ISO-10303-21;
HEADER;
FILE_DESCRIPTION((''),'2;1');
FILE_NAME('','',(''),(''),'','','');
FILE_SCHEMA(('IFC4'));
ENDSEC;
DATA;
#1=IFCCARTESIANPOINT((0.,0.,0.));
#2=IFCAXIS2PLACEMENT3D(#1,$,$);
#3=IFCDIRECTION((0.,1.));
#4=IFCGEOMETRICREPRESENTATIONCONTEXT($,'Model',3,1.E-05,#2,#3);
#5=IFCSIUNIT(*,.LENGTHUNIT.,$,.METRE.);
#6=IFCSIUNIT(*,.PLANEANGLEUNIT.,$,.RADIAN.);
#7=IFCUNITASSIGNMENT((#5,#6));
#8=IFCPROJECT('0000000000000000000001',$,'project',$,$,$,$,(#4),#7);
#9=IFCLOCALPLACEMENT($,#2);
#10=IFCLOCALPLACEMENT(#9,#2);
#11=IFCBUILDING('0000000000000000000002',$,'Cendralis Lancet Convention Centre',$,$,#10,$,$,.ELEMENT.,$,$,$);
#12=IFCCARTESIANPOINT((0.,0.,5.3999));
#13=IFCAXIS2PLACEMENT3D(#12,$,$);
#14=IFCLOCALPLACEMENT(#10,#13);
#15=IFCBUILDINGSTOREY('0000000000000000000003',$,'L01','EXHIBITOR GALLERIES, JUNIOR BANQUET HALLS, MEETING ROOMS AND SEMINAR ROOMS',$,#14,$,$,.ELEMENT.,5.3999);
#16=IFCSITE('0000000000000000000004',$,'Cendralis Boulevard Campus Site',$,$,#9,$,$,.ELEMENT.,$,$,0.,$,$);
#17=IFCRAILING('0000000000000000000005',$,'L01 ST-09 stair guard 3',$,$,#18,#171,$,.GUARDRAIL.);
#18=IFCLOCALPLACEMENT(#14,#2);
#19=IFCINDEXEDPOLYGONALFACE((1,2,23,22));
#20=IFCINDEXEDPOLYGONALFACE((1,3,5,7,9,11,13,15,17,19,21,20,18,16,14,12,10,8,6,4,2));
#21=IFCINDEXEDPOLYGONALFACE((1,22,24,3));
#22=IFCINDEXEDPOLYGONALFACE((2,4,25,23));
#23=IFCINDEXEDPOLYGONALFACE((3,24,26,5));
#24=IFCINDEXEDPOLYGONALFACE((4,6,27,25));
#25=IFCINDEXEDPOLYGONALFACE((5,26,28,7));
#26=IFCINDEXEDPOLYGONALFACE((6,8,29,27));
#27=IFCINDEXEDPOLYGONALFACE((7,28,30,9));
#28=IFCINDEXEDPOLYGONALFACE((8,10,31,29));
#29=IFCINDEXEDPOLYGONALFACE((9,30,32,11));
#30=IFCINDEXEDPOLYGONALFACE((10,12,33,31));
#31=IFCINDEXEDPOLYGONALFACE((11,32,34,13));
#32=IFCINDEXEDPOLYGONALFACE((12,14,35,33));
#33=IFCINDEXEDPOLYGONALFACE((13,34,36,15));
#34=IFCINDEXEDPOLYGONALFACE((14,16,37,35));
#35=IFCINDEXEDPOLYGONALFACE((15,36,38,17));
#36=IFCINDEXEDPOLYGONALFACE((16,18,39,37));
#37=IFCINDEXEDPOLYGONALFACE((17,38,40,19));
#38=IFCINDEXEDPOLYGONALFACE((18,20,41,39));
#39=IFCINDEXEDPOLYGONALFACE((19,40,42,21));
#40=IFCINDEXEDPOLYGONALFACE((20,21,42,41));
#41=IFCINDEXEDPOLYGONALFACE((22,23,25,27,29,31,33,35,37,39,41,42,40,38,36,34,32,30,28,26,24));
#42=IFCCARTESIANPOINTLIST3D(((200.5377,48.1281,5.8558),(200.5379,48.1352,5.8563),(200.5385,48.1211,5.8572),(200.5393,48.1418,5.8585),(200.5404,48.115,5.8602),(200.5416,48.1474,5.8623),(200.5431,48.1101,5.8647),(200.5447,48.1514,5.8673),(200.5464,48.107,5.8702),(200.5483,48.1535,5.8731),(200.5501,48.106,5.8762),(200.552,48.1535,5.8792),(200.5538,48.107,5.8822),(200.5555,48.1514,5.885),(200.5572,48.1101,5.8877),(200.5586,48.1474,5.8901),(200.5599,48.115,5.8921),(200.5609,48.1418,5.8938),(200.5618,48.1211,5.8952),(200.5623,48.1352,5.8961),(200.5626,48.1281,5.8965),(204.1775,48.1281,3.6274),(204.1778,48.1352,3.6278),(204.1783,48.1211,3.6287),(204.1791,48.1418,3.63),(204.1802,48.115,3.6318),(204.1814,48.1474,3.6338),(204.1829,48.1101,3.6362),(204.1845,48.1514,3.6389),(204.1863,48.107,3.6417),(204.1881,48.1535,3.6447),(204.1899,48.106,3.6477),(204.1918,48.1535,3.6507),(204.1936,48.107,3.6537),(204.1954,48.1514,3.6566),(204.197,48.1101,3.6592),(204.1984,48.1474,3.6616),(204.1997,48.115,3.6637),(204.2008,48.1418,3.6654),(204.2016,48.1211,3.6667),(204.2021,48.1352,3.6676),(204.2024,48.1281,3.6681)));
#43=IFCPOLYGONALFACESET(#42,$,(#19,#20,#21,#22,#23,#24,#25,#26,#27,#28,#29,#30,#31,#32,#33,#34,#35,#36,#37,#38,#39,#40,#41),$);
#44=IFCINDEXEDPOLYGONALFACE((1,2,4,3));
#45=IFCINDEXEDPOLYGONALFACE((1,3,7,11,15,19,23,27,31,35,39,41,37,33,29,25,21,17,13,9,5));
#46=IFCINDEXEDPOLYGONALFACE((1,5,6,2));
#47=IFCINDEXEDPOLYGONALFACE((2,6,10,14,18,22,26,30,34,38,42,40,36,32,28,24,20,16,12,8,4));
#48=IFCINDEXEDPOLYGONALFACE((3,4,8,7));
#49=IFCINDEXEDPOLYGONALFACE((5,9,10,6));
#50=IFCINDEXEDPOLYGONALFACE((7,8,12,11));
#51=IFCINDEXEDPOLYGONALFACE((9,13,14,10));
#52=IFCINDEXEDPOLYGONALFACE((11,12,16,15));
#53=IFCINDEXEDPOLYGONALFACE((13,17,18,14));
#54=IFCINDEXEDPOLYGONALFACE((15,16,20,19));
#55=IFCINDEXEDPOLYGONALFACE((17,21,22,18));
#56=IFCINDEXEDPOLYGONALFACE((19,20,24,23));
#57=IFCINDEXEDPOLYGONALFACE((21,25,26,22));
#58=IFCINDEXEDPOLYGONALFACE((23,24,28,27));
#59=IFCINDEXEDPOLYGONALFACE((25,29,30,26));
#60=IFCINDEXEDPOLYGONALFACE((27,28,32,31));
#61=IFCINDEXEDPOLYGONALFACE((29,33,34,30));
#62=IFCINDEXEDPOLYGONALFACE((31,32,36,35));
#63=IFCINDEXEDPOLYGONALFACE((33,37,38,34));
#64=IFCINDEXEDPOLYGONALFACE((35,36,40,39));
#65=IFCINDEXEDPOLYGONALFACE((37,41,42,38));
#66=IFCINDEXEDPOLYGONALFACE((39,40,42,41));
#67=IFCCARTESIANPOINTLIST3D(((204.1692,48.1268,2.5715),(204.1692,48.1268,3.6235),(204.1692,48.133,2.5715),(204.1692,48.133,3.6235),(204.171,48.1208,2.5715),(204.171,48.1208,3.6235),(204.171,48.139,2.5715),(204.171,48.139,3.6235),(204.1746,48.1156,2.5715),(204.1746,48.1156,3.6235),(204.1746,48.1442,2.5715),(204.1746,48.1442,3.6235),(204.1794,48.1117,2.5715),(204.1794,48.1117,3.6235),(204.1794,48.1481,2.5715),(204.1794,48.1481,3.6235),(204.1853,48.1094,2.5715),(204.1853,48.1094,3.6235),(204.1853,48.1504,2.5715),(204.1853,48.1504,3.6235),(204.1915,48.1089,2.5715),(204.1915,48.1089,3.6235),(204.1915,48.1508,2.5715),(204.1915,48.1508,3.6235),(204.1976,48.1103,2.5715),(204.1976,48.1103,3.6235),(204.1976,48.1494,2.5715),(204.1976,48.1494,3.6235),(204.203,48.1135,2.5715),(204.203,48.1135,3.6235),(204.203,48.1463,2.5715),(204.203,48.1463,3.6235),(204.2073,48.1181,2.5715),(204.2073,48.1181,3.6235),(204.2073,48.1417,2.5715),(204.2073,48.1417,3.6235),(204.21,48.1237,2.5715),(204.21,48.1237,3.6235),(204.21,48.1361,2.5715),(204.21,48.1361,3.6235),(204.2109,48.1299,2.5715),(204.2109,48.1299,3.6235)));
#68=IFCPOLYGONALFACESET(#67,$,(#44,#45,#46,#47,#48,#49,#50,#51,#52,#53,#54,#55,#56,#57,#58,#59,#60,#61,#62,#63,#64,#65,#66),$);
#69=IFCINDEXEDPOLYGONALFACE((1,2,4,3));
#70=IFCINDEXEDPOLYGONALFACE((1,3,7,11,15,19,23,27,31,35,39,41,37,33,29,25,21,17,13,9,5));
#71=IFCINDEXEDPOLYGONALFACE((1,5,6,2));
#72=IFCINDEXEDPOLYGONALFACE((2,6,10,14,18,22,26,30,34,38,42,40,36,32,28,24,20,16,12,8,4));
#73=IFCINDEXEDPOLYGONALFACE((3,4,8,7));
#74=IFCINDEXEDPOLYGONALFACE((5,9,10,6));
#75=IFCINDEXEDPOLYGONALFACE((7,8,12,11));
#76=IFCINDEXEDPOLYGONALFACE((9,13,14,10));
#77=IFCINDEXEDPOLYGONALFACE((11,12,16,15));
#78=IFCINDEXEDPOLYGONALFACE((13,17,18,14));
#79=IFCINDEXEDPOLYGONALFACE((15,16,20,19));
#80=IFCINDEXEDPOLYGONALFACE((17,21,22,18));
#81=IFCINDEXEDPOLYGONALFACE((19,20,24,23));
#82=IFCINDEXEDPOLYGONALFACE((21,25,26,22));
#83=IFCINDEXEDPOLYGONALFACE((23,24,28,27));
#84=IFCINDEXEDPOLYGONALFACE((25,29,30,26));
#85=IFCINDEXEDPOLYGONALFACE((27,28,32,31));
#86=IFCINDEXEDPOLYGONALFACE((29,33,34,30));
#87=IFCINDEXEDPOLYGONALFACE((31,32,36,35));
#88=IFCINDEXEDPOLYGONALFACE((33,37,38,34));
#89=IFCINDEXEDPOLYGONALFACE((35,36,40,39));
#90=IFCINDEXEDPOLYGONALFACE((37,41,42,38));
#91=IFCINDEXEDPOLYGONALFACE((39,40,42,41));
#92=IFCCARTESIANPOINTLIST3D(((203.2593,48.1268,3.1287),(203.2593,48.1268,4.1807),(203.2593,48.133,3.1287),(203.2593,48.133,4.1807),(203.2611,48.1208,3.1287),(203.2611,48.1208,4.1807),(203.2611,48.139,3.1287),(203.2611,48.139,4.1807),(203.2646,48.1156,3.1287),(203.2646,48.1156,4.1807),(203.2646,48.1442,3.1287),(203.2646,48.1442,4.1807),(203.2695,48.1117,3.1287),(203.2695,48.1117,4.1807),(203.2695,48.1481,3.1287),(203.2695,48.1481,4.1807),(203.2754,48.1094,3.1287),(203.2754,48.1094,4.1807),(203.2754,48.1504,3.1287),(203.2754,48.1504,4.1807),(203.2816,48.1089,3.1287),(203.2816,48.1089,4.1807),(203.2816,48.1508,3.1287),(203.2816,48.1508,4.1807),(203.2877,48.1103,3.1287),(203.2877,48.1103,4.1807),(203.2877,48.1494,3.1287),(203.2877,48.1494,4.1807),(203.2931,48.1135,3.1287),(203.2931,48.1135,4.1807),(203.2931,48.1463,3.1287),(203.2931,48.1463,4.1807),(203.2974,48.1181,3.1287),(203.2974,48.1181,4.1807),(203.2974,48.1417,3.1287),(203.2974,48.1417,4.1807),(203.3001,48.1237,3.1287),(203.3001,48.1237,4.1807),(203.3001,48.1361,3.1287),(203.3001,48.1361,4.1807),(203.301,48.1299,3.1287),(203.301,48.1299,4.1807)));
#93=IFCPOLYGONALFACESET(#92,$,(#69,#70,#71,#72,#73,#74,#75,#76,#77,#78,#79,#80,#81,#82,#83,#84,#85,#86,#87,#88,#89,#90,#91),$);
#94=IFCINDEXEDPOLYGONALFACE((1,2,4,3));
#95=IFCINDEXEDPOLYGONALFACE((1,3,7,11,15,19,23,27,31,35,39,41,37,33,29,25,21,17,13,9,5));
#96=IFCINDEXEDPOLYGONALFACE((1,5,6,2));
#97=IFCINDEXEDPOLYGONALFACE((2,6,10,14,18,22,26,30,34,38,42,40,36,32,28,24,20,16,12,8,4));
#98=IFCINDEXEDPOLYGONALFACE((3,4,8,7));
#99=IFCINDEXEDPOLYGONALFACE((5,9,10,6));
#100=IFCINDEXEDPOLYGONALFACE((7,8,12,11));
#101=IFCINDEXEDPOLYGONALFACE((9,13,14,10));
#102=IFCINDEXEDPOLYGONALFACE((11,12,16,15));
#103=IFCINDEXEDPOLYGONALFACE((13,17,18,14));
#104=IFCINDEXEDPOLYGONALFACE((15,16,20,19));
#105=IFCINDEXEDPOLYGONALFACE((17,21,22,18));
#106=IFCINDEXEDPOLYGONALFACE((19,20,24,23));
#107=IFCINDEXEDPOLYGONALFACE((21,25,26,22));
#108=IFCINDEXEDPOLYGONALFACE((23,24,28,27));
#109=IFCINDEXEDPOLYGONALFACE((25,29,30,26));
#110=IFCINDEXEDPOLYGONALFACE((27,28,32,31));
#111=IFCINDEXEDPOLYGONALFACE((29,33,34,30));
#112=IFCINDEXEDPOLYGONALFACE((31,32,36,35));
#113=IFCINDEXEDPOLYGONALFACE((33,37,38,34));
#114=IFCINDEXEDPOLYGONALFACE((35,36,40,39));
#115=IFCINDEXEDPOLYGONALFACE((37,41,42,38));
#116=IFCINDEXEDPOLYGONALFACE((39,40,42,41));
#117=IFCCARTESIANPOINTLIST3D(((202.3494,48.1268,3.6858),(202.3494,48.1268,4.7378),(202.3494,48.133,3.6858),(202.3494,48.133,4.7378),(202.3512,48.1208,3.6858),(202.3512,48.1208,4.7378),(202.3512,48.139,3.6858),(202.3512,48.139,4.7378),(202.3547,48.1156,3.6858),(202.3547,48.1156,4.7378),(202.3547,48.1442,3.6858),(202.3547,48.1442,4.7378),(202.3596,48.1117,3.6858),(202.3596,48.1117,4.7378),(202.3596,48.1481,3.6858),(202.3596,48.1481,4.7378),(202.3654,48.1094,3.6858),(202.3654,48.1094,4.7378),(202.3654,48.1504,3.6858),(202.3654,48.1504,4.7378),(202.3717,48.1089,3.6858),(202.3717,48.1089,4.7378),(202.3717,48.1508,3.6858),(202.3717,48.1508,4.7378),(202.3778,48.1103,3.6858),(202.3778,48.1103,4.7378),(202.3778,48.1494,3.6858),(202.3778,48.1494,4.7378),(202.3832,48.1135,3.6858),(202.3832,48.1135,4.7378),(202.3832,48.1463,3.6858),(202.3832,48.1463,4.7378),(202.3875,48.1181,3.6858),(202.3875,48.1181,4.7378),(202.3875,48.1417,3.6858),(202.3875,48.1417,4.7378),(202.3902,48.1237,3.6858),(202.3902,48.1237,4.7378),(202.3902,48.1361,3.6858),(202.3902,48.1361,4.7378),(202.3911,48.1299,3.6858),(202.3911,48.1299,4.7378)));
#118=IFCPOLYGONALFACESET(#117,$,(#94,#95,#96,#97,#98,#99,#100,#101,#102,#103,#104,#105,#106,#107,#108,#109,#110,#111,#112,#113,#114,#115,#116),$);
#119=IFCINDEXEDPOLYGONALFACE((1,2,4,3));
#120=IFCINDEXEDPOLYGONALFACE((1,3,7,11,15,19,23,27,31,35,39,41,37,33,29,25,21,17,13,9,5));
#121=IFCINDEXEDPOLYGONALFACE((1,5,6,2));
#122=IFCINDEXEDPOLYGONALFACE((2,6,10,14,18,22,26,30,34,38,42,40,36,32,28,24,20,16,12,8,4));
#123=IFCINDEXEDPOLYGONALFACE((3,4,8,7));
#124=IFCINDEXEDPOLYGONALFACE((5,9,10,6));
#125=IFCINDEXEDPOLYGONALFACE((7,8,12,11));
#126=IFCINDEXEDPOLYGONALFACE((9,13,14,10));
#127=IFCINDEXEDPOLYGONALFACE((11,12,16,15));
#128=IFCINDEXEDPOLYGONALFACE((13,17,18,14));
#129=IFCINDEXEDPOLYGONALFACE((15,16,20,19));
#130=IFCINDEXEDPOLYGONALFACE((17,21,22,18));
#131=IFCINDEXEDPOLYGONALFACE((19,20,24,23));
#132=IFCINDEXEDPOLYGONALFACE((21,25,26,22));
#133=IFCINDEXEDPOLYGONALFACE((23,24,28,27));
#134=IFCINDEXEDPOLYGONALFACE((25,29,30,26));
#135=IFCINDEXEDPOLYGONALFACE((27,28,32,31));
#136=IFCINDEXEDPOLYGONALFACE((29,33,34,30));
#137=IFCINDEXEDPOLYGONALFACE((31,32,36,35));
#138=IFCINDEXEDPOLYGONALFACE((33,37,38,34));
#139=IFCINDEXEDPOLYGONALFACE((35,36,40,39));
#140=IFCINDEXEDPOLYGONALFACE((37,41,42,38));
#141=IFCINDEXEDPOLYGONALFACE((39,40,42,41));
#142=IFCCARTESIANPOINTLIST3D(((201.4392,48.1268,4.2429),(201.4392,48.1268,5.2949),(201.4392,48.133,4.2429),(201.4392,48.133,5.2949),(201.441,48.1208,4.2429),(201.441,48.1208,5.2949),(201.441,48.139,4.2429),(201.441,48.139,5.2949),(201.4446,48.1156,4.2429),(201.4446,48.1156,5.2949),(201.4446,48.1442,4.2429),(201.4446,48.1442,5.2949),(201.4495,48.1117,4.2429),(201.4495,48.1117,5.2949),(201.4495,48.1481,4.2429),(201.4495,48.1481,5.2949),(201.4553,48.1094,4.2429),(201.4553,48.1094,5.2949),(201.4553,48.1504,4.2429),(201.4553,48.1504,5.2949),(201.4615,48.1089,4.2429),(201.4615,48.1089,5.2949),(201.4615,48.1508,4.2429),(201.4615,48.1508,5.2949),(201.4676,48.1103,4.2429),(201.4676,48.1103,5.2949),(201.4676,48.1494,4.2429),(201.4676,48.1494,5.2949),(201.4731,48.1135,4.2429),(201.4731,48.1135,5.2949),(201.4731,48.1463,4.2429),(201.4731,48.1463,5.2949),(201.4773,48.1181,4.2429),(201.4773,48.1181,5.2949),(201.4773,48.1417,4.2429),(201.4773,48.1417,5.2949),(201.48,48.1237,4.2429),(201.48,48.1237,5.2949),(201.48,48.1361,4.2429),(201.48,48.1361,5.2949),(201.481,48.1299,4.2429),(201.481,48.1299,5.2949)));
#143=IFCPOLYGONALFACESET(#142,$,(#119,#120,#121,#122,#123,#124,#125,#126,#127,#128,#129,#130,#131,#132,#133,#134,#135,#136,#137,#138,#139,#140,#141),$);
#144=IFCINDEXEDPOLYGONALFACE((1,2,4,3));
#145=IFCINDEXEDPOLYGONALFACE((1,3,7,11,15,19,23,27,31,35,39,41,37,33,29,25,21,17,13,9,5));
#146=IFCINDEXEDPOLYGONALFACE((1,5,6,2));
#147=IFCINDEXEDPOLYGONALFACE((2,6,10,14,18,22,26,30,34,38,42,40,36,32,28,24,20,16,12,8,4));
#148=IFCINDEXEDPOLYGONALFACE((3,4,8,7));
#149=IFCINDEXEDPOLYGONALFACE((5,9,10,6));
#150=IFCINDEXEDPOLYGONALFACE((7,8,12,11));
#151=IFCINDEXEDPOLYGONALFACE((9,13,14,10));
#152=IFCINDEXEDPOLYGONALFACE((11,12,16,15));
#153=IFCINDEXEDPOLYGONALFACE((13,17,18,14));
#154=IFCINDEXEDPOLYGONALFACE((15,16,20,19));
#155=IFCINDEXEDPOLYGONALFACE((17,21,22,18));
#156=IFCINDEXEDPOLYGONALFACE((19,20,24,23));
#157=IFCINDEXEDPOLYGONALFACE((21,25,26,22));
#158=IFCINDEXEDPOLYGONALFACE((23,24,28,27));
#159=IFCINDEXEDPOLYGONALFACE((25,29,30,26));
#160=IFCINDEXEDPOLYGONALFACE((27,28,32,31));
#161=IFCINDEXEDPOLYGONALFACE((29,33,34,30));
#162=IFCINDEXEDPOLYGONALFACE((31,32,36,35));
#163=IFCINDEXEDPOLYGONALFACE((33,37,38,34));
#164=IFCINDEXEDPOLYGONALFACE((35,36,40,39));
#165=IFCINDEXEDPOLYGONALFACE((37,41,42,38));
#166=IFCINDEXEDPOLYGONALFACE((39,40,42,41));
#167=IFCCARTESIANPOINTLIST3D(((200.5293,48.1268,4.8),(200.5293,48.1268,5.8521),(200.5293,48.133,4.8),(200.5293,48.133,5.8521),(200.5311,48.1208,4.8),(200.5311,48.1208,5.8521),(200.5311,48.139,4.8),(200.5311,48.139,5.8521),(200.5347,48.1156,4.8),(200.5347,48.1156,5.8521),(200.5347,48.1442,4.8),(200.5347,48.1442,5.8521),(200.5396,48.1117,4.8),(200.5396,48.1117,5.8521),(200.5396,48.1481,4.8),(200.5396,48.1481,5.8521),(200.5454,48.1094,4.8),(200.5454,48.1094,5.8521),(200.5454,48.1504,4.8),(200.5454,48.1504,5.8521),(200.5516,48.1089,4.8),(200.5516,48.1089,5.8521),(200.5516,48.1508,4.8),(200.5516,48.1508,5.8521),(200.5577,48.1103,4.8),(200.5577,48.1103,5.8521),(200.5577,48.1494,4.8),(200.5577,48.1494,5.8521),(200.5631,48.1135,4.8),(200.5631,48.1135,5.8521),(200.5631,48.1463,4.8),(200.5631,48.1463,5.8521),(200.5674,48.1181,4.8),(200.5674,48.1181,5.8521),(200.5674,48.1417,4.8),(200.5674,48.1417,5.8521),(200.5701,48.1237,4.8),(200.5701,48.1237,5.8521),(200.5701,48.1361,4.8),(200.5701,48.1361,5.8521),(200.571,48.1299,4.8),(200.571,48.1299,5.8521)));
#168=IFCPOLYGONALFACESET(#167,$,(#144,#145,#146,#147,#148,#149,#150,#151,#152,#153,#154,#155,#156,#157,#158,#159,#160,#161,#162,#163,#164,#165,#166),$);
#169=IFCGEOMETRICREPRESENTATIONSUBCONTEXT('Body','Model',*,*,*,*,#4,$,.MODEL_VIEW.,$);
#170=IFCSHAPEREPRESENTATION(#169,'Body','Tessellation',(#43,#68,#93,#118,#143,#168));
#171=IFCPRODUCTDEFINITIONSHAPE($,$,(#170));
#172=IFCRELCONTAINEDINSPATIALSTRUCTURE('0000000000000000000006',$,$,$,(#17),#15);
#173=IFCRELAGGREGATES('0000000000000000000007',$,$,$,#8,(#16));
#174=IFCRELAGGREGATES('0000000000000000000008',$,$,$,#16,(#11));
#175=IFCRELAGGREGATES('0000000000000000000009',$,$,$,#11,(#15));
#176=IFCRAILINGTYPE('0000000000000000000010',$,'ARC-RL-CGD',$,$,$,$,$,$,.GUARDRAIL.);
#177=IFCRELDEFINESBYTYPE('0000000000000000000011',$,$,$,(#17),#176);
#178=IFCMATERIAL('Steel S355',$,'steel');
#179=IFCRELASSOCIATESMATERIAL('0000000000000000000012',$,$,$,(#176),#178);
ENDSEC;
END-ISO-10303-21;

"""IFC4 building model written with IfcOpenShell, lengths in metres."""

from ifc_helpers import new_model, si_unit, direction, frame, origin, origin_2d, place, context, subcontext, project, spatial, circle, extrude, material, type_object, element, save


model = new_model("IFC4")

# Units and contexts
model_context = context("Model", 3, precision=1e-05, world=origin(), true_north=direction((0.0, 1.0)))
body_context = subcontext(model_context, "Body", "Model", "MODEL_VIEW")
ifc_project = project(units=[si_unit("LENGTHUNIT", "METRE"), si_unit("PLANEANGLEUNIT", "RADIAN")], contexts=[model_context])

# Site, building, storey
site_placement = place(None, origin())
site = spatial("IfcSite", under=ifc_project, at=site_placement, Name="Cendralis Boulevard Campus Site", CompositionType="ELEMENT", RefElevation=0.0)
building_placement = place(site_placement, origin())
building = spatial("IfcBuilding", under=site, at=building_placement, Name="Cendralis Lancet Convention Centre", CompositionType="ELEMENT")
storey_placement = place(building_placement, frame((0.0, 0.0, 5.3999)))
storey = spatial("IfcBuildingStorey", under=building, at=storey_placement, Name="L01", Description="EXHIBITOR GALLERIES, JUNIOR BANQUET HALLS, MEETING ROOMS AND SEMINAR ROOMS", CompositionType="ELEMENT", Elevation=5.3999)

# Railing
ifc_material_1 = material(Name="Steel S355", Category="steel")
railing_type_1 = type_object("IfcRailingType", Name="ARC-RL-CGD", PredefinedType="GUARDRAIL", material=ifc_material_1)
railing_1_placement = place(storey_placement, frame((204.1899, 48.1299, 2.5715)))
element("IfcRailing", 1, at=railing_1_placement, inside=storey, type_object=railing_type_1, Name="L01 ST-09 stair guard 3", PredefinedType="GUARDRAIL", context=body_context, shape_type="SweptSolid", body=[
    extrude(circle(Radius=0.0239, at=origin_2d()), frame((0.0, 0.0, 1.0762), z_axis=(-0.85285, 0.0, 0.522156), x_axis=(0.0, -1.0, 0.0)), (0.0, 0.0, 1.0), 4.2678),
    extrude(circle(Radius=0.021, at=origin_2d()), origin(), (0.0, 0.0, 1.0), 1.052),
    extrude(circle(Radius=0.021, at=origin_2d()), frame((-0.9099, 0.0, 0.5571)), (0.0, 0.0, 1.0), 1.052),
    extrude(circle(Radius=0.021, at=origin_2d()), frame((-1.8198, 0.0, 1.1143)), (0.0, 0.0, 1.0), 1.052),
    extrude(circle(Radius=0.021, at=origin_2d()), frame((-2.73, 0.0, 1.6714)), (0.0, 0.0, 1.0), 1.052),
    extrude(circle(Radius=0.021, at=origin_2d()), frame((-3.6399, 0.0, 2.2285)), (0.0, 0.0, 1.0), 1.052),
])

save(model, "model.ifc")
